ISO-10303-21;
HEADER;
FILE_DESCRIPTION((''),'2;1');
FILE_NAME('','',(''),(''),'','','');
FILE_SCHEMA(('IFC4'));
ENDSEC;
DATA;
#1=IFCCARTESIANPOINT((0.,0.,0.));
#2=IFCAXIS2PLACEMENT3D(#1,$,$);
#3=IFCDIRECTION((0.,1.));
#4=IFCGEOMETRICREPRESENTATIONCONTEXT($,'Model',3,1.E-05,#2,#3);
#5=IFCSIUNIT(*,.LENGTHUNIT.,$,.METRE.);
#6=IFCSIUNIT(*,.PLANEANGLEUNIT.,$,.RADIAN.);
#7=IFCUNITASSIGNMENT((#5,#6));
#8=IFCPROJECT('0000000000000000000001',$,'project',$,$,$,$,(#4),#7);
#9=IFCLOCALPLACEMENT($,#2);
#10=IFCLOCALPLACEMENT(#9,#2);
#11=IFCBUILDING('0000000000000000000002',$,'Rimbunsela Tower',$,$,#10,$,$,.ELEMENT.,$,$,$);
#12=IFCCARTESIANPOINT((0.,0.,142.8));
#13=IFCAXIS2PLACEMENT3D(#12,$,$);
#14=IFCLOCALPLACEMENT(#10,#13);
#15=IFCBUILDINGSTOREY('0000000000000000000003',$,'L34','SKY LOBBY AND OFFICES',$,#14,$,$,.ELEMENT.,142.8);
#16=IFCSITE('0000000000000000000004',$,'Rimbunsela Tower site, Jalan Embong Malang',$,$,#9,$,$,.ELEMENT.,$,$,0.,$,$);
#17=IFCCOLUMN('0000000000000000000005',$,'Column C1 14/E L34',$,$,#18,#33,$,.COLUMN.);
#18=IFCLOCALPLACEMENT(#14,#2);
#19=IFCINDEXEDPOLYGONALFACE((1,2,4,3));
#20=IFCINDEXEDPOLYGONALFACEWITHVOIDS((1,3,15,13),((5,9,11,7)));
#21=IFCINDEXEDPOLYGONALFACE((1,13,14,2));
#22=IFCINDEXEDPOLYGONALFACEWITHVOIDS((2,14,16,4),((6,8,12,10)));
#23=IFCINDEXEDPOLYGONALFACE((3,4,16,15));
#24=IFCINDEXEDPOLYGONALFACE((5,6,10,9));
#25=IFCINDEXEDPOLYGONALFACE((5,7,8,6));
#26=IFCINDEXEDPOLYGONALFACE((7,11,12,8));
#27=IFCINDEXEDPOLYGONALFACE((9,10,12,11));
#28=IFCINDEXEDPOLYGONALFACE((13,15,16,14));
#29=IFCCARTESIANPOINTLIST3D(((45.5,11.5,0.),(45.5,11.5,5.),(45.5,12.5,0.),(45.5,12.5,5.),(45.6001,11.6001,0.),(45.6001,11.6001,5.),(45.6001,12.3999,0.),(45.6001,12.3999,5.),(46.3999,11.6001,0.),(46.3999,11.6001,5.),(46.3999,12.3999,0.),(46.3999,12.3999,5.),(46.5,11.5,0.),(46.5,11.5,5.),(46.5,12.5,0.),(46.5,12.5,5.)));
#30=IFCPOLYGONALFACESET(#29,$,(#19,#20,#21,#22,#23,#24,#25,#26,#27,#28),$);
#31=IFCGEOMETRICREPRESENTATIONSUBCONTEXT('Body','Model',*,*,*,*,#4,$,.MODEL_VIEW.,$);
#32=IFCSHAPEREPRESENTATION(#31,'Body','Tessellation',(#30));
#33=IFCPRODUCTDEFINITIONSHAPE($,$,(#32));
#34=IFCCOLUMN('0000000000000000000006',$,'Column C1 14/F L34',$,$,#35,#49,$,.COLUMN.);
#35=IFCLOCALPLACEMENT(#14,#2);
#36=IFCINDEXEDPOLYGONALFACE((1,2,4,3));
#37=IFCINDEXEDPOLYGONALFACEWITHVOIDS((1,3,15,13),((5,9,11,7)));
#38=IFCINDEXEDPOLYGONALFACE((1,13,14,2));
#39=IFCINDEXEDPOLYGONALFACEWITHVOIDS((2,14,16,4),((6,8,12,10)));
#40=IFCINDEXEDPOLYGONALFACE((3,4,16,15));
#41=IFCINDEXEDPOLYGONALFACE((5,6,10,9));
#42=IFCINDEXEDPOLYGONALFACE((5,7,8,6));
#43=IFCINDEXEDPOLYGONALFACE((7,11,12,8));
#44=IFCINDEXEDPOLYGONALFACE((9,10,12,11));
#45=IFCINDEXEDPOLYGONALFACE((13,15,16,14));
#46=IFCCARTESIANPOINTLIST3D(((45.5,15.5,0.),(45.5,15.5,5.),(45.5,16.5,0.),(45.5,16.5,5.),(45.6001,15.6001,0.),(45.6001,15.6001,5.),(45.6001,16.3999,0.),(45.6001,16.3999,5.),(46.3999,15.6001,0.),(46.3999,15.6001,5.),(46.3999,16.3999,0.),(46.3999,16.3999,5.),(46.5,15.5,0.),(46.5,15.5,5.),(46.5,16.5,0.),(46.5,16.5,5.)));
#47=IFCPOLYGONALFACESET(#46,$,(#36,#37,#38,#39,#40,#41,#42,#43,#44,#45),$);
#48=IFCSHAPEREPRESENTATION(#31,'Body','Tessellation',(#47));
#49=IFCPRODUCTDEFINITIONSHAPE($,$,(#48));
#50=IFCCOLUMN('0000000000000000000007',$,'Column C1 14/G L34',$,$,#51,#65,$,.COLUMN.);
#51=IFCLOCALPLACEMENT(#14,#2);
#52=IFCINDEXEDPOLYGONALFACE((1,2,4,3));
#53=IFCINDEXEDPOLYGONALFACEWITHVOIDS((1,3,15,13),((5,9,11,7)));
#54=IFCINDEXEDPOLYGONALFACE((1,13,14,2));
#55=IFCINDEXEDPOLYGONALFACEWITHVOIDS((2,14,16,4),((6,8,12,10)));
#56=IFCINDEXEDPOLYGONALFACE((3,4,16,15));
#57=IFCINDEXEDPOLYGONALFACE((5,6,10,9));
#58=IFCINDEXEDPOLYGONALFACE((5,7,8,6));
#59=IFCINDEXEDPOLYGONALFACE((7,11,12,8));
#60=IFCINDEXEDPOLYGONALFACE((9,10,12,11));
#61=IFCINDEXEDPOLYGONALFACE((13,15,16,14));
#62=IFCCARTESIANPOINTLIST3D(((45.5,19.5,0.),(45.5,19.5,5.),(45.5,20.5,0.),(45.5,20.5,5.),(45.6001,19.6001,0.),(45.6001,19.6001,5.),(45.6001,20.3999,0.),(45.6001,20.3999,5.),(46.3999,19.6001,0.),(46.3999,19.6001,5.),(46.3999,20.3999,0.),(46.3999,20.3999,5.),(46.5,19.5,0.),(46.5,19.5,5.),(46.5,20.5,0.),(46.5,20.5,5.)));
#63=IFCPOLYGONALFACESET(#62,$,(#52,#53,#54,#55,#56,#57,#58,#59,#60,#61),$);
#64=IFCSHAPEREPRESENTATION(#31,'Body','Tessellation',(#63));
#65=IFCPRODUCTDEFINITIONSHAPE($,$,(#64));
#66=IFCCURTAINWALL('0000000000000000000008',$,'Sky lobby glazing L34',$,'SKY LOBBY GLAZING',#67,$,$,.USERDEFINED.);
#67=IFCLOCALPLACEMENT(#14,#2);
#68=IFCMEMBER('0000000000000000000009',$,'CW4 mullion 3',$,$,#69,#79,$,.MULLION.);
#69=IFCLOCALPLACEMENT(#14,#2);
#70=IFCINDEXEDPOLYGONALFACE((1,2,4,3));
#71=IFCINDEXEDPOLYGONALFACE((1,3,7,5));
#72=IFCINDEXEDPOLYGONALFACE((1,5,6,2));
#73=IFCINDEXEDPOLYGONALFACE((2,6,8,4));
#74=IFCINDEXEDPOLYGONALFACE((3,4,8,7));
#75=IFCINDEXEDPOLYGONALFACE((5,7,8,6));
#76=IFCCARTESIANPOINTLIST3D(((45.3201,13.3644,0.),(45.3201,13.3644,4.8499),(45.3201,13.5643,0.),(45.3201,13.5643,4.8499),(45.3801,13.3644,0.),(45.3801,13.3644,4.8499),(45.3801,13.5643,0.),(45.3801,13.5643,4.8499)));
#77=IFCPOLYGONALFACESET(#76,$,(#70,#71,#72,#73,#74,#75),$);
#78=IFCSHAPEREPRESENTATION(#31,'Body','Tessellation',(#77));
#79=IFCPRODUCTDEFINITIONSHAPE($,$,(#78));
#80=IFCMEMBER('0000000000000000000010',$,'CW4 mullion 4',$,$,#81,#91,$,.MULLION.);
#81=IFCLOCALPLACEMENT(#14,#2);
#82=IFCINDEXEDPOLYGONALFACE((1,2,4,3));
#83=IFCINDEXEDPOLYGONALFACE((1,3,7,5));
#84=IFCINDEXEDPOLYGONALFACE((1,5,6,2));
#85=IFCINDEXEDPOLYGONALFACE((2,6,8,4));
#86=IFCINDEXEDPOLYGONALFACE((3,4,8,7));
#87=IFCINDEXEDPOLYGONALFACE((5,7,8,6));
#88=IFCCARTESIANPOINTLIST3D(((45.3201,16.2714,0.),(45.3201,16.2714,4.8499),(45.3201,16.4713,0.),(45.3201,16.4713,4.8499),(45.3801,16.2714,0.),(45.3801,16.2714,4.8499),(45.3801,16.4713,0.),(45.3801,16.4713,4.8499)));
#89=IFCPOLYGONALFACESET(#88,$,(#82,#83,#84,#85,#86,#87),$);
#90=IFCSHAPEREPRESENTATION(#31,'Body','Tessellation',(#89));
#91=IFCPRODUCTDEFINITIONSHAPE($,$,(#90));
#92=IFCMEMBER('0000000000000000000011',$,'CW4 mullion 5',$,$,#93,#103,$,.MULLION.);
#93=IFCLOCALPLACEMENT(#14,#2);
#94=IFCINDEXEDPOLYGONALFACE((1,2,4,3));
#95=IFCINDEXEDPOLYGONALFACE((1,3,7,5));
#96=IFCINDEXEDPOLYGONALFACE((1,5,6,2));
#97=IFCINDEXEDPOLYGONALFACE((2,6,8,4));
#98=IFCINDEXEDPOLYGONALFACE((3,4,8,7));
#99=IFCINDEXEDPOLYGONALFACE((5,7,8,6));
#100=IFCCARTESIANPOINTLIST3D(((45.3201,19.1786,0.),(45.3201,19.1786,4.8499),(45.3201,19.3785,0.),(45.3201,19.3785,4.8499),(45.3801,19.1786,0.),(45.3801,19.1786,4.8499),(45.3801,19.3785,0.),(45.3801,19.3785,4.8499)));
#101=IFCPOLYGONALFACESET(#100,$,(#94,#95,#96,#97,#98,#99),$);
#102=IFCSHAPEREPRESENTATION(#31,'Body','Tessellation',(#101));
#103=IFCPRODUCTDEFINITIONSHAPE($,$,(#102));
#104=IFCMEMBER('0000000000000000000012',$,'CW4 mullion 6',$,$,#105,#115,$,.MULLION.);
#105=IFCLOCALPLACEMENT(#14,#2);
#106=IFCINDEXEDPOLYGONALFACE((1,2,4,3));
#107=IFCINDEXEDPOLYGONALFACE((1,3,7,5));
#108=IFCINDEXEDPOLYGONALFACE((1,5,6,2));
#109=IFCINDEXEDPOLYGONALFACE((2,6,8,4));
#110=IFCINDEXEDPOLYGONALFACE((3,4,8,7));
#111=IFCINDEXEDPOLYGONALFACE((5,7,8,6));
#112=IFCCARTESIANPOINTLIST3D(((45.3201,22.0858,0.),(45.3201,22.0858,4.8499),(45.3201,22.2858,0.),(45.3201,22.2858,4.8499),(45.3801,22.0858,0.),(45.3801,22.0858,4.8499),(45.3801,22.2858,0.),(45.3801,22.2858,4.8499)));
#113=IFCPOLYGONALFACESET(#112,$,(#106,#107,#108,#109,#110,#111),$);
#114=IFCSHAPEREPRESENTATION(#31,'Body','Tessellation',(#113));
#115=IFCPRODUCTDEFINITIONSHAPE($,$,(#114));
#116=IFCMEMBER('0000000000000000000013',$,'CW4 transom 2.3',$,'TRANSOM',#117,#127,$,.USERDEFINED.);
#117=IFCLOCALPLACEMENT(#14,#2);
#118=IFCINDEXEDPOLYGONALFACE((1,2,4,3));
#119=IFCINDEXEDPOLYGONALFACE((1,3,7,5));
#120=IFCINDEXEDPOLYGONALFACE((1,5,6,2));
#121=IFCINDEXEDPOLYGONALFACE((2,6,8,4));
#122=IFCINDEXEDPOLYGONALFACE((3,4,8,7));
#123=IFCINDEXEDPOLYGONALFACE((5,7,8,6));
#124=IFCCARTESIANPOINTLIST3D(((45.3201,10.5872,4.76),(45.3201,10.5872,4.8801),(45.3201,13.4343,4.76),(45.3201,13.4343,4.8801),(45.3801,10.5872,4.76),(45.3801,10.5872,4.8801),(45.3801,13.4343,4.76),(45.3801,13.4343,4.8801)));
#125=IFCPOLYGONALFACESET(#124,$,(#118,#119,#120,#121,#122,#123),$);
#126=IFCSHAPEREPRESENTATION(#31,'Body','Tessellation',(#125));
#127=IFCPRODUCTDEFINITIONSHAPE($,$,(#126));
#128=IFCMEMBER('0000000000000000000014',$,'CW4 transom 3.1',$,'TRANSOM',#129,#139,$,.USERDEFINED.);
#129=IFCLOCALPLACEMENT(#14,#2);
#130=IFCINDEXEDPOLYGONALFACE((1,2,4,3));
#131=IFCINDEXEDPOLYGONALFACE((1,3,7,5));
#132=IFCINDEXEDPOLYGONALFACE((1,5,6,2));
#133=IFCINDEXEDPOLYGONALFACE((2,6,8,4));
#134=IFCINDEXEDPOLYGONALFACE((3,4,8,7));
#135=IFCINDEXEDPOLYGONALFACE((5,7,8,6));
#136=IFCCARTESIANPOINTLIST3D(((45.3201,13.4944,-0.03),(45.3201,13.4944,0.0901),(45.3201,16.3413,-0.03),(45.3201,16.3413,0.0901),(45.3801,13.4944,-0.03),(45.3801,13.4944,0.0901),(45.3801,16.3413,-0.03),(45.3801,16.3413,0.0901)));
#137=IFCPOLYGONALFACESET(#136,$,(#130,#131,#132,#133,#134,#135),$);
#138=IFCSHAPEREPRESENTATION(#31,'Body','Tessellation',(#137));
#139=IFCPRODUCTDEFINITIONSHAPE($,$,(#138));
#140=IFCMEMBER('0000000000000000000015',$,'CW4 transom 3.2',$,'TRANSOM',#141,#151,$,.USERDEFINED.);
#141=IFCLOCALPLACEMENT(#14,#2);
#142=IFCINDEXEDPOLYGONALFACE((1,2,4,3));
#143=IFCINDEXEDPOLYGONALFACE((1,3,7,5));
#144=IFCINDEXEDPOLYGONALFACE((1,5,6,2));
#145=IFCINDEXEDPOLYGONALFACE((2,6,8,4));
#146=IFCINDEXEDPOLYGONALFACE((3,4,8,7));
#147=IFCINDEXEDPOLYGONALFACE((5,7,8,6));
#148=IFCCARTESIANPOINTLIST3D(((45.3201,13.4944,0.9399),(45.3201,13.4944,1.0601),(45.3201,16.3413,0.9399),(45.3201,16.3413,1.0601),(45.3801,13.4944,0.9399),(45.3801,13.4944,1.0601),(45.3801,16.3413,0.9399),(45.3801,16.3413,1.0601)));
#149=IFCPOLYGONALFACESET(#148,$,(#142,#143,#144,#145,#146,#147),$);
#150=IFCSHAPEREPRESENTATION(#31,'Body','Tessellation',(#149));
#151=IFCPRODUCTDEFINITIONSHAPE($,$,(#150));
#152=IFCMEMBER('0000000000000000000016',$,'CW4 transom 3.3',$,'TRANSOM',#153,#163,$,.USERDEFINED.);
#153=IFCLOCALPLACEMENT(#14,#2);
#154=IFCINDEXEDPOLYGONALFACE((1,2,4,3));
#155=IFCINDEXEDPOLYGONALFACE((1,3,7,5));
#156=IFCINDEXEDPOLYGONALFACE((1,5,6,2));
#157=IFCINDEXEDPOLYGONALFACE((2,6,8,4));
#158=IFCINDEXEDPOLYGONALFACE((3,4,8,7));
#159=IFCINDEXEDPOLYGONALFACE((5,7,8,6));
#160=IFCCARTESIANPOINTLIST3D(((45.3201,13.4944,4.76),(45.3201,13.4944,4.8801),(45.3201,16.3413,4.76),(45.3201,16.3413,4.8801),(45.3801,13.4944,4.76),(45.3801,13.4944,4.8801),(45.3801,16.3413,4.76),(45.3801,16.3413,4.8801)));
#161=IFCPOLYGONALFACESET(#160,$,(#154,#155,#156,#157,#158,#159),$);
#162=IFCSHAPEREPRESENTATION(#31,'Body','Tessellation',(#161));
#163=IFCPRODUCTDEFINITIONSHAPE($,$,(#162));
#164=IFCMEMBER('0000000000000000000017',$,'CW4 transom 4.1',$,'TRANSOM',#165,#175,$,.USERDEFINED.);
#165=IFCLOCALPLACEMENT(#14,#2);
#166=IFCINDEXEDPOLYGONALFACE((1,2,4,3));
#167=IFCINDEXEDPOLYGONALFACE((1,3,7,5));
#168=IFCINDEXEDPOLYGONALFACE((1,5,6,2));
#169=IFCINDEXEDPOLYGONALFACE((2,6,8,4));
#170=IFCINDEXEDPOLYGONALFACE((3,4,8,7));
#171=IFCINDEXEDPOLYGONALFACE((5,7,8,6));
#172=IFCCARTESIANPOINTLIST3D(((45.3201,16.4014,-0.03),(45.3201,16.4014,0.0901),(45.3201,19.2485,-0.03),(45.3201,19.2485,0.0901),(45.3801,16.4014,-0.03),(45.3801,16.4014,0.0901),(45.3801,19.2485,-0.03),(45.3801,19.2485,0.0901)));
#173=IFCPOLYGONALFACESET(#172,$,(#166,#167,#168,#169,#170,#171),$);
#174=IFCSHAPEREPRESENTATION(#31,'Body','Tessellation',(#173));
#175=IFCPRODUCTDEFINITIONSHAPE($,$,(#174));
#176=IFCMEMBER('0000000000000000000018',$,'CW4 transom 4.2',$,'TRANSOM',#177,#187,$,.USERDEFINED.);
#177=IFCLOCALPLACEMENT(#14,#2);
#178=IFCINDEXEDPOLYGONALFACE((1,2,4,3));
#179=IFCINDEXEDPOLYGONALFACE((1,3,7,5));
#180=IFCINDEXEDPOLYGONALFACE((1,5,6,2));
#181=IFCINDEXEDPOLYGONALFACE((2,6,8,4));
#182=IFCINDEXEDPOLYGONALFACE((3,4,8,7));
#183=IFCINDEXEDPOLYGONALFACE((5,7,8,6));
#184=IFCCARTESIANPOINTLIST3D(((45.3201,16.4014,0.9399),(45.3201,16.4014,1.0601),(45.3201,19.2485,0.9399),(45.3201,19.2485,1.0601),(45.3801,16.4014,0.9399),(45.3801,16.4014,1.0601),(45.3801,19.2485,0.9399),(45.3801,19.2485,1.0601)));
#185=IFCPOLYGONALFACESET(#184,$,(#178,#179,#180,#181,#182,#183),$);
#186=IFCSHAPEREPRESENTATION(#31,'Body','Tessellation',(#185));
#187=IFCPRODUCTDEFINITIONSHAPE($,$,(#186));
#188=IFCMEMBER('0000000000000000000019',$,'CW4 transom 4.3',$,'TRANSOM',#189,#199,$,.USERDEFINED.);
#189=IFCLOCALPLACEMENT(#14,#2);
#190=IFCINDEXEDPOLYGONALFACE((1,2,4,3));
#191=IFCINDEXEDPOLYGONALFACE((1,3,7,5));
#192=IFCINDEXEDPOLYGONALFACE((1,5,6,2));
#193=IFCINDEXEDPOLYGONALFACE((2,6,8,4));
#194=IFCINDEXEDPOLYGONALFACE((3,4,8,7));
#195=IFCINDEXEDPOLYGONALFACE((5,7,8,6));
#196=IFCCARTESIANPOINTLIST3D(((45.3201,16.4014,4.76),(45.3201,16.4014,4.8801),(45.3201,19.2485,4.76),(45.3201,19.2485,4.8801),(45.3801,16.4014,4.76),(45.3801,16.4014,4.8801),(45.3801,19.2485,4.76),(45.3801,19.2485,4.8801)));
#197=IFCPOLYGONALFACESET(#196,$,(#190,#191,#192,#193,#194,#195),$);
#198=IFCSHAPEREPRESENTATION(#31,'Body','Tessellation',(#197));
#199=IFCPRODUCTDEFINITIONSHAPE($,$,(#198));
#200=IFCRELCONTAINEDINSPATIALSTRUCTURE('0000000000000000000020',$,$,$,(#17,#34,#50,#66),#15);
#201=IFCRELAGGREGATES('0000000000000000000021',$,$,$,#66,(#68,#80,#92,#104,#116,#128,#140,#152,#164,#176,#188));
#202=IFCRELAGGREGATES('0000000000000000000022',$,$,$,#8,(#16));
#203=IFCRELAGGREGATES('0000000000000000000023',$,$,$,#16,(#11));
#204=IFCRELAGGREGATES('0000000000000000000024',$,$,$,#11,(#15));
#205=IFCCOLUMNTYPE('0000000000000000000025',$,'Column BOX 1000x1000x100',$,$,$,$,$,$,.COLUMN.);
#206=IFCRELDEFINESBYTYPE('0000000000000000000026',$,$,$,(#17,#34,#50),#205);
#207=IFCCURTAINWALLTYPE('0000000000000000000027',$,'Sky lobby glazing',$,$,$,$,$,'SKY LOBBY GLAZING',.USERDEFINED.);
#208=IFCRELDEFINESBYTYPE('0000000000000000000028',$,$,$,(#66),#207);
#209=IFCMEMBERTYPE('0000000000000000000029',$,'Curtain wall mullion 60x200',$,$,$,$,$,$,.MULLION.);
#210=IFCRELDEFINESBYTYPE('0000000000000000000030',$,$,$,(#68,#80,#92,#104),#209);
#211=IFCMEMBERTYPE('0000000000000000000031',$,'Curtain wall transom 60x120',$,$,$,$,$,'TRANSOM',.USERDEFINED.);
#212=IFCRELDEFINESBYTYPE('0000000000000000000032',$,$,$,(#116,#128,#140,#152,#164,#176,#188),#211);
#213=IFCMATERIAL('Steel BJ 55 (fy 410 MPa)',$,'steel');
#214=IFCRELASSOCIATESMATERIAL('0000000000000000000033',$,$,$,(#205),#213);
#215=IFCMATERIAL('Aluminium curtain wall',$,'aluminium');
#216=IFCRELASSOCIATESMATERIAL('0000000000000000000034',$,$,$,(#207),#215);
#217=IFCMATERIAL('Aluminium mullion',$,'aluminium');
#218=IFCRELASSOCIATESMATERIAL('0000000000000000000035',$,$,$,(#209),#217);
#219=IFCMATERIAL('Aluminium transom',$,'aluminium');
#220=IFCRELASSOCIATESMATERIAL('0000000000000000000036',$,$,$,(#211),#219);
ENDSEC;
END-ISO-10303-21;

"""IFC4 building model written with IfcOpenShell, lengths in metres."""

from ifc_helpers import new_model, si_unit, direction, frame, origin, origin_2d, place, context, subcontext, project, spatial, rectangle, hollow_rectangle, extrude, material, material_profile, profile_set, type_object, element, aggregate, save


model = new_model("IFC4")

# Units and contexts
model_context = context("Model", 3, precision=1e-05, world=origin(), true_north=direction((0.0, 1.0)))
body_context = subcontext(model_context, "Body", "Model", "MODEL_VIEW")
ifc_project = project(units=[si_unit("LENGTHUNIT", "METRE"), si_unit("PLANEANGLEUNIT", "RADIAN")], contexts=[model_context])

# Site, building, storey
site_placement = place(None, origin())
site = spatial("IfcSite", under=ifc_project, at=site_placement, Name="Rimbunsela Tower site, Jalan Embong Malang", CompositionType="ELEMENT", RefElevation=0.0)
building_placement = place(site_placement, origin())
building = spatial("IfcBuilding", under=site, at=building_placement, Name="Rimbunsela Tower", CompositionType="ELEMENT")
storey_placement = place(building_placement, frame((0.0, 0.0, 142.8)))
storey = spatial("IfcBuildingStorey", under=building, at=storey_placement, Name="L34", Description="SKY LOBBY AND OFFICES", CompositionType="ELEMENT", Elevation=142.8)

# Columns
ifc_material_1 = material(Name="Steel BJ 55 (fy 410 MPa)", Category="steel")
ifc_material_profile_1 = material_profile(ifc_material_1, hollow_rectangle(XDim=1.0, YDim=1.0, WallThickness=0.1001, at=origin_2d()), Name="BOX 1000x1000x100")
ifc_profile_set_1 = profile_set([ifc_material_profile_1], Name="Steel BJ 55 (fy 410 MPa)")
column_type = type_object("IfcColumnType", Name="Column BOX 1000x1000x100", PredefinedType="COLUMN", material=ifc_profile_set_1)
for number, where, z_axis, x_axis, name in (
    (1, (46.0, 12.0, 0.0), (0.0, 0.0, 1.0), (1.0, 0.0, 0.0), "Column C1 14/E L34"),
    (2, (46.0, 16.0, 0.0), (0.0, 0.0, 1.0), (1.0, 0.0, 0.0), "Column C1 14/F L34"),
    (3, (46.0, 20.0, 0.0), (0.0, 0.0, 1.0), (1.0, 0.0, 0.0), "Column C1 14/G L34"),
):
    element("IfcColumn", number, at=place(storey_placement, frame(where, z_axis=z_axis, x_axis=x_axis)), inside=storey, type_object=column_type, Name=name, PredefinedType="COLUMN", context=body_context, shape_type="SweptSolid", body=[
        extrude(hollow_rectangle(XDim=1.0, YDim=1.0, WallThickness=0.1001, at=origin_2d()), origin(), (0.0, 0.0, 1.0), 5.0),
    ])

# Curtain wall, members
ifc_material_2 = material(Name="Aluminium curtain wall", Category="aluminium")
curtain_wall_type = type_object("IfcCurtainWallType", Name="Sky lobby glazing", ElementType="SKY LOBBY GLAZING", PredefinedType="USERDEFINED", material=ifc_material_2)
curtain_wall_placement = place(storey_placement, origin())
curtain_wall = element("IfcCurtainWall", 4, at=curtain_wall_placement, inside=storey, type_object=curtain_wall_type, Name="Sky lobby glazing L34", ObjectType="SKY LOBBY GLAZING", PredefinedType="USERDEFINED")
ifc_material_3 = material(Name="Aluminium mullion", Category="aluminium")
ifc_material_profile_2 = material_profile(ifc_material_3, rectangle(XDim=0.0601, YDim=0.2, at=origin_2d()), Name="Mullion 60x200")
ifc_profile_set_2 = profile_set([ifc_material_profile_2], Name="Aluminium mullion")
member_type_1 = type_object("IfcMemberType", Name="Curtain wall mullion 60x200", PredefinedType="MULLION", material=ifc_profile_set_2)
member_1_placement = place(storey_placement, frame((45.3501, 13.4644, 0.0), z_axis=(0.0, 0.0, 1.0), x_axis=(-1.0, 0.0, 0.0)))
member_1 = element("IfcMember", 5, at=member_1_placement, type_object=member_type_1, Name="CW4 mullion 3", PredefinedType="MULLION", context=body_context, shape_type="SweptSolid", body=[
    extrude(rectangle(XDim=0.0601, YDim=0.2, at=origin_2d()), origin(), (0.0, 0.0, 1.0), 4.8499),
])
member_2_placement = place(storey_placement, frame((45.3501, 16.3713, 0.0), z_axis=(0.0, 0.0, 1.0), x_axis=(-1.0, 0.0, 0.0)))
member_2 = element("IfcMember", 6, at=member_2_placement, type_object=member_type_1, Name="CW4 mullion 4", PredefinedType="MULLION", context=body_context, shape_type="SweptSolid", body=[
    extrude(rectangle(XDim=0.0601, YDim=0.2, at=origin_2d()), origin(), (0.0, 0.0, 1.0), 4.8499),
])
member_3_placement = place(storey_placement, frame((45.3501, 19.2786, 0.0), z_axis=(0.0, 0.0, 1.0), x_axis=(-1.0, 0.0, 0.0)))
member_3 = element("IfcMember", 7, at=member_3_placement, type_object=member_type_1, Name="CW4 mullion 5", PredefinedType="MULLION", context=body_context, shape_type="SweptSolid", body=[
    extrude(rectangle(XDim=0.0601, YDim=0.2, at=origin_2d()), origin(), (0.0, 0.0, 1.0), 4.8499),
])
member_4_placement = place(storey_placement, frame((45.3501, 22.1858, 0.0), z_axis=(0.0, 0.0, 1.0), x_axis=(-1.0, 0.0, 0.0)))
member_4 = element("IfcMember", 8, at=member_4_placement, type_object=member_type_1, Name="CW4 mullion 6", PredefinedType="MULLION", context=body_context, shape_type="SweptSolid", body=[
    extrude(rectangle(XDim=0.0601, YDim=0.2, at=origin_2d()), origin(), (0.0, 0.0, 1.0), 4.8499),
])
ifc_material_4 = material(Name="Aluminium transom", Category="aluminium")
ifc_material_profile_3 = material_profile(ifc_material_4, rectangle(XDim=0.0601, YDim=0.1201, at=origin_2d()), Name="Transom 60x120")
ifc_profile_set_3 = profile_set([ifc_material_profile_3], Name="Aluminium transom")
member_type_2 = type_object("IfcMemberType", Name="Curtain wall transom 60x120", ElementType="TRANSOM", PredefinedType="USERDEFINED", material=ifc_profile_set_3)
member_5_placement = place(storey_placement, frame((45.3501, 10.5872, 4.8201), z_axis=(0.0, 1.0, 0.0), x_axis=(-1.0, 0.0, 0.0)))
member_5 = element("IfcMember", 9, at=member_5_placement, type_object=member_type_2, Name="CW4 transom 2.3", ObjectType="TRANSOM", PredefinedType="USERDEFINED", context=body_context, shape_type="SweptSolid", body=[
    extrude(rectangle(XDim=0.0601, YDim=0.1201, at=origin_2d()), origin(), (0.0, 0.0, 1.0), 2.8472),
])
member_6_placement = place(storey_placement, frame((45.3501, 13.4944, 0.03), z_axis=(0.0, 1.0, 0.0), x_axis=(-1.0, 0.0, 0.0)))
member_6 = element("IfcMember", 10, at=member_6_placement, type_object=member_type_2, Name="CW4 transom 3.1", ObjectType="TRANSOM", PredefinedType="USERDEFINED", context=body_context, shape_type="SweptSolid", body=[
    extrude(rectangle(XDim=0.0601, YDim=0.1201, at=origin_2d()), origin(), (0.0, 0.0, 1.0), 2.8469),
])
member_7_placement = place(storey_placement, frame((45.3501, 13.4944, 1.0), z_axis=(0.0, 1.0, 0.0), x_axis=(-1.0, 0.0, 0.0)))
member_7 = element("IfcMember", 11, at=member_7_placement, type_object=member_type_2, Name="CW4 transom 3.2", ObjectType="TRANSOM", PredefinedType="USERDEFINED", context=body_context, shape_type="SweptSolid", body=[
    extrude(rectangle(XDim=0.0601, YDim=0.1201, at=origin_2d()), origin(), (0.0, 0.0, 1.0), 2.8469),
])
member_8_placement = place(storey_placement, frame((45.3501, 13.4944, 4.8201), z_axis=(0.0, 1.0, 0.0), x_axis=(-1.0, 0.0, 0.0)))
member_8 = element("IfcMember", 12, at=member_8_placement, type_object=member_type_2, Name="CW4 transom 3.3", ObjectType="TRANSOM", PredefinedType="USERDEFINED", context=body_context, shape_type="SweptSolid", body=[
    extrude(rectangle(XDim=0.0601, YDim=0.1201, at=origin_2d()), origin(), (0.0, 0.0, 1.0), 2.8469),
])
member_9_placement = place(storey_placement, frame((45.3501, 16.4014, 0.03), z_axis=(0.0, 1.0, 0.0), x_axis=(-1.0, 0.0, 0.0)))
member_9 = element("IfcMember", 13, at=member_9_placement, type_object=member_type_2, Name="CW4 transom 4.1", ObjectType="TRANSOM", PredefinedType="USERDEFINED", context=body_context, shape_type="SweptSolid", body=[
    extrude(rectangle(XDim=0.0601, YDim=0.1201, at=origin_2d()), origin(), (0.0, 0.0, 1.0), 2.8472),
])
member_10_placement = place(storey_placement, frame((45.3501, 16.4014, 1.0), z_axis=(0.0, 1.0, 0.0), x_axis=(-1.0, 0.0, 0.0)))
member_10 = element("IfcMember", 14, at=member_10_placement, type_object=member_type_2, Name="CW4 transom 4.2", ObjectType="TRANSOM", PredefinedType="USERDEFINED", context=body_context, shape_type="SweptSolid", body=[
    extrude(rectangle(XDim=0.0601, YDim=0.1201, at=origin_2d()), origin(), (0.0, 0.0, 1.0), 2.8472),
])
member_11_placement = place(storey_placement, frame((45.3501, 16.4014, 4.8201), z_axis=(0.0, 1.0, 0.0), x_axis=(-1.0, 0.0, 0.0)))
member_11 = element("IfcMember", 15, at=member_11_placement, type_object=member_type_2, Name="CW4 transom 4.3", ObjectType="TRANSOM", PredefinedType="USERDEFINED", context=body_context, shape_type="SweptSolid", body=[
    extrude(rectangle(XDim=0.0601, YDim=0.1201, at=origin_2d()), origin(), (0.0, 0.0, 1.0), 2.8472),
])
aggregate(curtain_wall, [member_1, member_2, member_3, member_4, member_5, member_6, member_7, member_8, member_9, member_10, member_11])

save(model, "model.ifc")
